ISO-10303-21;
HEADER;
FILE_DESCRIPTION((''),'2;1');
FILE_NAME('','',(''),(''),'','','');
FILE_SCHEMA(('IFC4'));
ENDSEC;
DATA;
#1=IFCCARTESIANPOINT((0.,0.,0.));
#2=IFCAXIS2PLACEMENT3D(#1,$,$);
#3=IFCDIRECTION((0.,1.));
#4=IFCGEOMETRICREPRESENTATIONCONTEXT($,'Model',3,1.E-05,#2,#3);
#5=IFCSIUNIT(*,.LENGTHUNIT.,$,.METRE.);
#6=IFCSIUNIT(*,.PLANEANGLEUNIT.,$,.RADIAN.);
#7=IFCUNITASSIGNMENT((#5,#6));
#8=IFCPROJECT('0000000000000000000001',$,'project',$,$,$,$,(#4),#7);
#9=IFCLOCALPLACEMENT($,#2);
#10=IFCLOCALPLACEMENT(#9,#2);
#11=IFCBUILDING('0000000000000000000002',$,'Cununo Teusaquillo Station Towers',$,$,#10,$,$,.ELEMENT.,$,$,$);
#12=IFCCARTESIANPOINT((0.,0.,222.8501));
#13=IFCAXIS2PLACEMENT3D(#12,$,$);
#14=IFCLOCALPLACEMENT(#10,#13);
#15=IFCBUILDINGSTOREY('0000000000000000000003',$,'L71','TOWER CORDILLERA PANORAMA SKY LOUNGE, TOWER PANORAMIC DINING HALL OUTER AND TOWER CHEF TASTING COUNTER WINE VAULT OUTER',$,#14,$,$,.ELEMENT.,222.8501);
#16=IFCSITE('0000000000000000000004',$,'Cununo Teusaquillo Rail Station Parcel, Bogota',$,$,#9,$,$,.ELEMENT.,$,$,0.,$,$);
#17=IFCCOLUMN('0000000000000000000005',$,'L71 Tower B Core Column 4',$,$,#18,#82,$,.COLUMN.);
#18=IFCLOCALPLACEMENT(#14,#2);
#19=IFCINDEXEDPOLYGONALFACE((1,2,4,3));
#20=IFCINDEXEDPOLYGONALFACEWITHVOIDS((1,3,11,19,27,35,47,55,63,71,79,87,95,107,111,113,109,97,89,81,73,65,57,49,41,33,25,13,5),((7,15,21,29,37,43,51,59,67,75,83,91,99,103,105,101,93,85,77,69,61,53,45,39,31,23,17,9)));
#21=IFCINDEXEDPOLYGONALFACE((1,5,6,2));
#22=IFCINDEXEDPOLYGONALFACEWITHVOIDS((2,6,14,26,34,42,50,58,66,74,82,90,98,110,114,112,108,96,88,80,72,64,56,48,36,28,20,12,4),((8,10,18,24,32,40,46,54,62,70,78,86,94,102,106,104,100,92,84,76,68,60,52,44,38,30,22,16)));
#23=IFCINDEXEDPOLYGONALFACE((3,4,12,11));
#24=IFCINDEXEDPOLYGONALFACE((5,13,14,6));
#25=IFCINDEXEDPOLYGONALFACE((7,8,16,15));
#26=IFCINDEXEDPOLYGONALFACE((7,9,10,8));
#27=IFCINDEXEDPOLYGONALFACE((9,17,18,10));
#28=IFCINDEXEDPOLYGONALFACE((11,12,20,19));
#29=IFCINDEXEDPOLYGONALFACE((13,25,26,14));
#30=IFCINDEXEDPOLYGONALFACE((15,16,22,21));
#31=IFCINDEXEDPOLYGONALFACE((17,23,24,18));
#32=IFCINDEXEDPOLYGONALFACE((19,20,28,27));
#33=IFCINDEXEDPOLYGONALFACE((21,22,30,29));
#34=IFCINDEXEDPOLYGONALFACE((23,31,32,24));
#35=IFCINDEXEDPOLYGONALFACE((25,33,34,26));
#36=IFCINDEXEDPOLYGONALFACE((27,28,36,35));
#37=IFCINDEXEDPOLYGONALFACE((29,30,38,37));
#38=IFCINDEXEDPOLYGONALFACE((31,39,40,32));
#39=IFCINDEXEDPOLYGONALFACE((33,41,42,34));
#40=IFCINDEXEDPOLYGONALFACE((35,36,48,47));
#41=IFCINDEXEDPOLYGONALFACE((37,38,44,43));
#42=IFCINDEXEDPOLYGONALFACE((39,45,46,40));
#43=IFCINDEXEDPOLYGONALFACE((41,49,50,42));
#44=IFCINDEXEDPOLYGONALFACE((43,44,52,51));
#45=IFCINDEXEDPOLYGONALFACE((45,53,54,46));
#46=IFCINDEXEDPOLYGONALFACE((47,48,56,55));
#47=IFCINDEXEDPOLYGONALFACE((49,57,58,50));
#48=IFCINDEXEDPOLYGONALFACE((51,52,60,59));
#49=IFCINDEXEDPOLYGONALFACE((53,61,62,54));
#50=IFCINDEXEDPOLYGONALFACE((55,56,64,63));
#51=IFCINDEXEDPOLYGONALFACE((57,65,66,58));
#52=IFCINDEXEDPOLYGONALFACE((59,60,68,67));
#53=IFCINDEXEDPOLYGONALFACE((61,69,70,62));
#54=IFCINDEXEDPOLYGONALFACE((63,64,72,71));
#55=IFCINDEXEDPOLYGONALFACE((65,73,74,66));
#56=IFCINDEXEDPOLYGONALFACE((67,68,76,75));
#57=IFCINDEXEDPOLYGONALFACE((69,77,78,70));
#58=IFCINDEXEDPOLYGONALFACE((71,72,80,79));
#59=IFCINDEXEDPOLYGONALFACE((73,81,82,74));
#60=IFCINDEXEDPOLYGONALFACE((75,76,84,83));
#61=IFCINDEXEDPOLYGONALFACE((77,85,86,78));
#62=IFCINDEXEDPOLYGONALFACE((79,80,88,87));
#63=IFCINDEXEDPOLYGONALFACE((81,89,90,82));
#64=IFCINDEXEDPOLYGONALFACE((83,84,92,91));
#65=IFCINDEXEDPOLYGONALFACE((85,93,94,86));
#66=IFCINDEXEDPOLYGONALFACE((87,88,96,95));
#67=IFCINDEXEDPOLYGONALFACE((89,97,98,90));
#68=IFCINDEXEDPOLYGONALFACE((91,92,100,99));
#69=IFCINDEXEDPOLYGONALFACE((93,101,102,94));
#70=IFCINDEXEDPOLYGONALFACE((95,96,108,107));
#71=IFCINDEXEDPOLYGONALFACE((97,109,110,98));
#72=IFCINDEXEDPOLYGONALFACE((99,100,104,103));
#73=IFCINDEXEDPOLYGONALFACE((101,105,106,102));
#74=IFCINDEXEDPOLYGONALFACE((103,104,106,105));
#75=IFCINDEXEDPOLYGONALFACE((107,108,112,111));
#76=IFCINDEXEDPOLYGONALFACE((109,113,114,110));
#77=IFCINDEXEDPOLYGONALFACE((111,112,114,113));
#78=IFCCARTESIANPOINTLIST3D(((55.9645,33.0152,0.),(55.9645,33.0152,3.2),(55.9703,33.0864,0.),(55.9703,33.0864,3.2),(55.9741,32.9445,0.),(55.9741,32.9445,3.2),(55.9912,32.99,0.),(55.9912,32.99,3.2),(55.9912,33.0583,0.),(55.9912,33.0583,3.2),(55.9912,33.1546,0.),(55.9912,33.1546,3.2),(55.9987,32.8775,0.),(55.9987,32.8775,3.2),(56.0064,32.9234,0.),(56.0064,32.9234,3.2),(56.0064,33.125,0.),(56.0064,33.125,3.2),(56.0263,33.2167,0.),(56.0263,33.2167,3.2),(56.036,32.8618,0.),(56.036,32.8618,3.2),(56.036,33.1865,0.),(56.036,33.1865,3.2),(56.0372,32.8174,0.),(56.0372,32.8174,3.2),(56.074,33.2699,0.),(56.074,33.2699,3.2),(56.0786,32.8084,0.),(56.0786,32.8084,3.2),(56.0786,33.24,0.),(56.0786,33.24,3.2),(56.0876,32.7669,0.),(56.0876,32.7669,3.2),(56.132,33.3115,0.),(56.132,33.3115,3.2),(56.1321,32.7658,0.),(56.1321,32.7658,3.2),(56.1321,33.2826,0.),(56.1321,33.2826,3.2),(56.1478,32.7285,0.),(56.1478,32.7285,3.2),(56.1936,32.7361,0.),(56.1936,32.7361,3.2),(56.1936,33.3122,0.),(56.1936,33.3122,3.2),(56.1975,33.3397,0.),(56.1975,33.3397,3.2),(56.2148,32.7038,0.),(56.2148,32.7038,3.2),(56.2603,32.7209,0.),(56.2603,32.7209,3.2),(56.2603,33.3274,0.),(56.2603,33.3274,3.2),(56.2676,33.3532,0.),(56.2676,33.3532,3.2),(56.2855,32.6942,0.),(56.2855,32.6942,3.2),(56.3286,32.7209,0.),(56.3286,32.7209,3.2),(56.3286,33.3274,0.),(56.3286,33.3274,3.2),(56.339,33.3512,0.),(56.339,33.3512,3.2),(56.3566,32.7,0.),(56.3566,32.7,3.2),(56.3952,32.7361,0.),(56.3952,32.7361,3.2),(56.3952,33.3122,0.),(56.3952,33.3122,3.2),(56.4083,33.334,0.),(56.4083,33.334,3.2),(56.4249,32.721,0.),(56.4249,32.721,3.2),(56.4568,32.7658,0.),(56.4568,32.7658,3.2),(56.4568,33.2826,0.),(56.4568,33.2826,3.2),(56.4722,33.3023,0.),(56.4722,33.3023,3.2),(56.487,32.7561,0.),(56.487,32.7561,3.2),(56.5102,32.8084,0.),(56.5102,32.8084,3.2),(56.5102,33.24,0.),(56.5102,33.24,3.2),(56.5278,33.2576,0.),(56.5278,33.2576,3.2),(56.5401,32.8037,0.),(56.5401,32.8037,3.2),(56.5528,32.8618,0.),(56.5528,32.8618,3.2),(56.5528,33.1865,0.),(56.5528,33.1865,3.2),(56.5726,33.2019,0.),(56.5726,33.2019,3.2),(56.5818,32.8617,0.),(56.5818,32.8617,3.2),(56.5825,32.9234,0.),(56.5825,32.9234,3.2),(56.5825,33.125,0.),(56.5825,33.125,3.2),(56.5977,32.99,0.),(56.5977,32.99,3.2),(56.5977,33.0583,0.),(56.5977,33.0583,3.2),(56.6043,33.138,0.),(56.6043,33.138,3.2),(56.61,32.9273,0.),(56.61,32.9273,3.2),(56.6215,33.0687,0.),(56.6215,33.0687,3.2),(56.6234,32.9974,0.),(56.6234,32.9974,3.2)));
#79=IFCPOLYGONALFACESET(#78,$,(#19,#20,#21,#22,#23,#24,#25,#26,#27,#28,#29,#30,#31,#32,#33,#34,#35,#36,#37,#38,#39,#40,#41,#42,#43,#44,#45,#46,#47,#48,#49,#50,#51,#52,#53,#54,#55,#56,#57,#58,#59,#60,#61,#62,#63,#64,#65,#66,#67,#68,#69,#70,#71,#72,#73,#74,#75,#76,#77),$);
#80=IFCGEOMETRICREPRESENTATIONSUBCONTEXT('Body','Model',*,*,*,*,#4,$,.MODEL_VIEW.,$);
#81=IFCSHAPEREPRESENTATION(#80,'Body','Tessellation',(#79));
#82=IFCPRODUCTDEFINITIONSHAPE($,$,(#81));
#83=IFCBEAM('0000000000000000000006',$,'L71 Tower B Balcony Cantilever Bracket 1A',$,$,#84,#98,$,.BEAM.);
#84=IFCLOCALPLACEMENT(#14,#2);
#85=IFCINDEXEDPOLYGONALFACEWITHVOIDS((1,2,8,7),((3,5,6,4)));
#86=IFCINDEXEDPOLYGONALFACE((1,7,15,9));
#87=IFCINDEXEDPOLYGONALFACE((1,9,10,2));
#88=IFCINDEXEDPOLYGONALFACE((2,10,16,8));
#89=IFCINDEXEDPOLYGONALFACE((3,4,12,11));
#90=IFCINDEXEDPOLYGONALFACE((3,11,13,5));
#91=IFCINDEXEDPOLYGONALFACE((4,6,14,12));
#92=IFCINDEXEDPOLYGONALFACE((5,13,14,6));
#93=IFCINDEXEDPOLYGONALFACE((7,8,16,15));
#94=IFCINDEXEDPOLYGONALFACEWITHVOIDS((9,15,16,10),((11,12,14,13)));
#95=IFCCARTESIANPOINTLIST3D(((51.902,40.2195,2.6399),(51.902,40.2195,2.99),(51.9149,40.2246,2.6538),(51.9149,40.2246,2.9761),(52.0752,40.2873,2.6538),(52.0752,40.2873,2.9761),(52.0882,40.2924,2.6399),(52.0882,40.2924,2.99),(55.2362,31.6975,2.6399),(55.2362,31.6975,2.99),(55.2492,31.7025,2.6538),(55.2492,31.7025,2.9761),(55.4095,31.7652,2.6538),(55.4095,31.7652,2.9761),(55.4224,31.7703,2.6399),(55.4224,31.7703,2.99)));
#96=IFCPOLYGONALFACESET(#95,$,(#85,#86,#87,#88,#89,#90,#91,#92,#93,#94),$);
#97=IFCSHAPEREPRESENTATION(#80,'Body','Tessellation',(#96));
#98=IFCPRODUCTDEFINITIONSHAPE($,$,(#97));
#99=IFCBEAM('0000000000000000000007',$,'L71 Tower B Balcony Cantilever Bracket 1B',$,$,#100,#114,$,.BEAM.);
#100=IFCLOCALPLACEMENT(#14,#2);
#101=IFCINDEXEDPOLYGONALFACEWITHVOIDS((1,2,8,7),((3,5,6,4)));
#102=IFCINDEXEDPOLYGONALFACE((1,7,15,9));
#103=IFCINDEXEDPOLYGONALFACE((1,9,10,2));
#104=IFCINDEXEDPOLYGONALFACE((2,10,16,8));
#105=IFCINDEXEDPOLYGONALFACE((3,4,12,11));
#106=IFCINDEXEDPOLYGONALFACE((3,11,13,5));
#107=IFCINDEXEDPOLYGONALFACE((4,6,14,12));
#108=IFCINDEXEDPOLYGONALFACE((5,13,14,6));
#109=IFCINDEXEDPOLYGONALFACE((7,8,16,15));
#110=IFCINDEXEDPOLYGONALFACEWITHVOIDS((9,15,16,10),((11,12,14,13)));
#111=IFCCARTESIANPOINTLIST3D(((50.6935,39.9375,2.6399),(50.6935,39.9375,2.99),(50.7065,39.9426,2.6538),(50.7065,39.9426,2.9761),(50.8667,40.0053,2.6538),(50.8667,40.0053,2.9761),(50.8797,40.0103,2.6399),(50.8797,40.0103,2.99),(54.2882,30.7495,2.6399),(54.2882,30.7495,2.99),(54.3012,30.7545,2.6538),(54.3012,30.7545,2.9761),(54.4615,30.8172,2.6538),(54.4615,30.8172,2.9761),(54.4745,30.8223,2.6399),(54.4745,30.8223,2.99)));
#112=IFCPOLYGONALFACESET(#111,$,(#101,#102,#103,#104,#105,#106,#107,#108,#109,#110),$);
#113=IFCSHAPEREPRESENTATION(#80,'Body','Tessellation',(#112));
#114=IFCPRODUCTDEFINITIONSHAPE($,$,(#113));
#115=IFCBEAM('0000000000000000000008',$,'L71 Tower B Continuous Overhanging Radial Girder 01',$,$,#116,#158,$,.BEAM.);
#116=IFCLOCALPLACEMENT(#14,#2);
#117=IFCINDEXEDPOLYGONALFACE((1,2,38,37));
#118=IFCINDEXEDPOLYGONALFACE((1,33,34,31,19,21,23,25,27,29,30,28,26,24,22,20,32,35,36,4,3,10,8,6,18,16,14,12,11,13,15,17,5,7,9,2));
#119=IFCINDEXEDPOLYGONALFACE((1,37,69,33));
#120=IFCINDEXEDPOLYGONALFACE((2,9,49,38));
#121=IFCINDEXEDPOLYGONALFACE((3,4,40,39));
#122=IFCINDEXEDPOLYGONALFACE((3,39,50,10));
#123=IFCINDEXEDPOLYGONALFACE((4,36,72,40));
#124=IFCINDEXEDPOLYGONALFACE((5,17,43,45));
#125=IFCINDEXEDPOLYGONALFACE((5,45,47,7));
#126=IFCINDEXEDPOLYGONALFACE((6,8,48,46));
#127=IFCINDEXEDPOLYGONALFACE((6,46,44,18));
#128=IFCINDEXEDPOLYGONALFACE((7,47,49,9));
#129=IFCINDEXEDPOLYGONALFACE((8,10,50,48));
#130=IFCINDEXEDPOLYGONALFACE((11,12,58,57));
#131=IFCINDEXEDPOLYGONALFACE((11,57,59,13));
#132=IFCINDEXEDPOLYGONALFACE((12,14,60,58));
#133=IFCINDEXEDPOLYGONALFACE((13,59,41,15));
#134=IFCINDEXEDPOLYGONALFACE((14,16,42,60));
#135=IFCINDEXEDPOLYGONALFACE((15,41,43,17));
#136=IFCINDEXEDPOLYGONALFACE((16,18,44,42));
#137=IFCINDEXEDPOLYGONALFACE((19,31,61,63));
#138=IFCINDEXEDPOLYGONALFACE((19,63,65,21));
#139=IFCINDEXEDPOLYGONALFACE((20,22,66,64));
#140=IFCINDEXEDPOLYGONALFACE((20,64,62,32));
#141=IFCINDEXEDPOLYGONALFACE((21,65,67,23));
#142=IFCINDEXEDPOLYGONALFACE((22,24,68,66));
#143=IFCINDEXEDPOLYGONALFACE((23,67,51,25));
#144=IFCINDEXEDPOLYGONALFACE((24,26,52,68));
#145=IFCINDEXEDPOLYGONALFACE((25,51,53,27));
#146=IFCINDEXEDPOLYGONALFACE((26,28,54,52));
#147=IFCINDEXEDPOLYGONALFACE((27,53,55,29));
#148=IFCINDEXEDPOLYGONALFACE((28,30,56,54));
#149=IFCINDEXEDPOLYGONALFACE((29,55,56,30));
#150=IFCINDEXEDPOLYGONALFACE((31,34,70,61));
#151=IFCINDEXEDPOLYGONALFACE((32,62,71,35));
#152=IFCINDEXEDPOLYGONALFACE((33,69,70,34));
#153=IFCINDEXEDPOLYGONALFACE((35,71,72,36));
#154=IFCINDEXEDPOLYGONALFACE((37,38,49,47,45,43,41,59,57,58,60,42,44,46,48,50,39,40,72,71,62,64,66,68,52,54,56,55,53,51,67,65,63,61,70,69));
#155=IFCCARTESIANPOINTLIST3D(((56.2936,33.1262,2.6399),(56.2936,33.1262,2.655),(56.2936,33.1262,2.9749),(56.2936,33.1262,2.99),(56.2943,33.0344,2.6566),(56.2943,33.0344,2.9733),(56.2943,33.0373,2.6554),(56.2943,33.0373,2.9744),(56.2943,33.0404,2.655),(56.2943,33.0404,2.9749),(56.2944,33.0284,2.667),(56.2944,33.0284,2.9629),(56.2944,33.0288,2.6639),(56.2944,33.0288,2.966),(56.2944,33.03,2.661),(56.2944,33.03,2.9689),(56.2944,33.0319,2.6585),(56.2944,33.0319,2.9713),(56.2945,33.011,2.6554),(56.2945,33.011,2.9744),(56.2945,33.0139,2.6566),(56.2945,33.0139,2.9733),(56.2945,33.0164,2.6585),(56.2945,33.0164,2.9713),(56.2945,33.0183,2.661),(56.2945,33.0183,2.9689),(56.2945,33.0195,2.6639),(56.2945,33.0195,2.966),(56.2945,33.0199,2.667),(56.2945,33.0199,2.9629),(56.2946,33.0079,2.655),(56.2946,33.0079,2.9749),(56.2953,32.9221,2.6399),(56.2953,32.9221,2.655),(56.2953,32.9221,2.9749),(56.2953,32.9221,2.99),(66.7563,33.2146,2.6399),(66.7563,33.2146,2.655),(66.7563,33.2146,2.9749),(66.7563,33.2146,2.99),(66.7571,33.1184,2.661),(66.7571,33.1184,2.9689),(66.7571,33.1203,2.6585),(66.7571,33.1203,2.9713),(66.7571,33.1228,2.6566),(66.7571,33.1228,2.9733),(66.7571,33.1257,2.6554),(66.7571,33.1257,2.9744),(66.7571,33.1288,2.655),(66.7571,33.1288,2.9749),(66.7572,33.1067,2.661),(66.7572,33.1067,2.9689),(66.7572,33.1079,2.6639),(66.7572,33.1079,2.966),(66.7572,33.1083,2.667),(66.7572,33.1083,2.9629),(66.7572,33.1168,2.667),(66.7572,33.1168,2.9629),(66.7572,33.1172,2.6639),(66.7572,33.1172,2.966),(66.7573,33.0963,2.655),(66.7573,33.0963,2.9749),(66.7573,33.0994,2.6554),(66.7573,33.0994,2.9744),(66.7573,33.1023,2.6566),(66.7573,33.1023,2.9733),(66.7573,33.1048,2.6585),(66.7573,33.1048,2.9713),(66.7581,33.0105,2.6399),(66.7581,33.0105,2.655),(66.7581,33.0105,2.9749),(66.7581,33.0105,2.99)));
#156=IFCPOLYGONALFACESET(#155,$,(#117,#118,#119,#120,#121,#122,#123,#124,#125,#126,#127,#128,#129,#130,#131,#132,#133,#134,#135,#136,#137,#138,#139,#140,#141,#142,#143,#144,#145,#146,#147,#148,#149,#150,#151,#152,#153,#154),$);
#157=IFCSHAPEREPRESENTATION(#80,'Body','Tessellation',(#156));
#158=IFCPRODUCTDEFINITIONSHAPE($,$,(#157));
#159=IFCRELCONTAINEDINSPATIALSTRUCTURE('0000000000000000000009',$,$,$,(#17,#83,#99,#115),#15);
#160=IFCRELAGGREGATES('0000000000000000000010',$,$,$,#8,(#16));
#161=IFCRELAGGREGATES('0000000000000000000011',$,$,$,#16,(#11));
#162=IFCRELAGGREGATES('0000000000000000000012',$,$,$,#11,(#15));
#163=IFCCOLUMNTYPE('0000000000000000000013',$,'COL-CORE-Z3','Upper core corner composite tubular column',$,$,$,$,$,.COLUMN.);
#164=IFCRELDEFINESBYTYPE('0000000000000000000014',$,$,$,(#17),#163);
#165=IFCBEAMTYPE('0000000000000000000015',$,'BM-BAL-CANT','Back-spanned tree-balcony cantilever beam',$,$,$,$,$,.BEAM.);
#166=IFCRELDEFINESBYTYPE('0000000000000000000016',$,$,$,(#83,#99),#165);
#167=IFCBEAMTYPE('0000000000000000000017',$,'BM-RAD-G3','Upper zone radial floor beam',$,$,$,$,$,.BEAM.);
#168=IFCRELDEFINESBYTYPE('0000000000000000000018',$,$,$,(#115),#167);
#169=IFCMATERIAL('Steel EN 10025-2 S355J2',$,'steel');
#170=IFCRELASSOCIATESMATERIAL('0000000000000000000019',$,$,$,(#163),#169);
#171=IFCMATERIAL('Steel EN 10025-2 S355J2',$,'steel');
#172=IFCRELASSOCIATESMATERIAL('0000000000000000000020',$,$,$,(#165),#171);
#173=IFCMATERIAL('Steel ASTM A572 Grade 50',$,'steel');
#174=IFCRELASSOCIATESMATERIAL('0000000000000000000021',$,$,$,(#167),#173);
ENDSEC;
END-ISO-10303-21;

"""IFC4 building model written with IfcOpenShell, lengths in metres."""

from ifc_helpers import new_model, si_unit, direction, frame, origin, origin_2d, place, context, subcontext, project, spatial, hollow_rectangle, hollow_circle, i_section, extrude, material, material_profile, profile_set, type_object, element, save


model = new_model("IFC4")

# Units and contexts
model_context = context("Model", 3, precision=1e-05, world=origin(), true_north=direction((0.0, 1.0)))
body_context = subcontext(model_context, "Body", "Model", "MODEL_VIEW")
ifc_project = project(units=[si_unit("LENGTHUNIT", "METRE"), si_unit("PLANEANGLEUNIT", "RADIAN")], contexts=[model_context])

# Site, building, storey
site_placement = place(None, origin())
site = spatial("IfcSite", under=ifc_project, at=site_placement, Name="Cununo Teusaquillo Rail Station Parcel, Bogota", CompositionType="ELEMENT", RefElevation=0.0)
building_placement = place(site_placement, origin())
building = spatial("IfcBuilding", under=site, at=building_placement, Name="Cununo Teusaquillo Station Towers", CompositionType="ELEMENT")
storey_placement = place(building_placement, frame((0.0, 0.0, 222.8501)))
storey = spatial("IfcBuildingStorey", under=building, at=storey_placement, Name="L71", Description="TOWER CORDILLERA PANORAMA SKY LOUNGE, TOWER PANORAMIC DINING HALL OUTER AND TOWER CHEF TASTING COUNTER WINE VAULT OUTER", CompositionType="ELEMENT", Elevation=222.8501)

# Column
ifc_material_1 = material(Name="Steel EN 10025-2 S355J2", Category="steel")
ifc_material_profile_1 = material_profile(ifc_material_1, hollow_circle(Radius=0.3301, WallThickness=0.0249, at=origin_2d()), Name="CHS 660x25")
ifc_profile_set_1 = profile_set([ifc_material_profile_1], Name="Steel EN 10025-2 S355J2")
column_type = type_object("IfcColumnType", Name="COL-CORE-Z3", Description="Upper core corner composite tubular column", PredefinedType="COLUMN", material=ifc_profile_set_1)
column_placement = place(storey_placement, frame((56.2944, 33.0242, 0.0), z_axis=(0.0, 0.0, 1.0), x_axis=(0.707107, 0.707107, 0.0)))
element("IfcColumn", 1, at=column_placement, inside=storey, type_object=column_type, Name="L71 Tower B Core Column 4", PredefinedType="COLUMN", context=body_context, shape_type="SweptSolid", body=[
    extrude(hollow_circle(Radius=0.3301, WallThickness=0.0249, at=origin_2d()), origin(), (0.0, 0.0, 1.0), 3.2),
])

# Beams
ifc_material_2 = material(Name="Steel EN 10025-2 S355J2", Category="steel")
ifc_material_profile_2 = material_profile(ifc_material_2, hollow_rectangle(XDim=0.2, YDim=0.3501, WallThickness=0.0139, at=origin_2d()), Name="RHS 350x200x14")
ifc_profile_set_2 = profile_set([ifc_material_profile_2], Name="Steel EN 10025-2 S355J2")
beam_type_1 = type_object("IfcBeamType", Name="BM-BAL-CANT", Description="Back-spanned tree-balcony cantilever beam", PredefinedType="BEAM", material=ifc_profile_set_2)
beam_1_placement = place(storey_placement, frame((55.3293, 31.7339, 2.8149), z_axis=(-0.364356, 0.93126, 0.0), x_axis=(-0.93126, -0.364356, 0.0)))
element("IfcBeam", 2, at=beam_1_placement, inside=storey, type_object=beam_type_1, Name="L71 Tower B Balcony Cantilever Bracket 1A", PredefinedType="BEAM", context=body_context, shape_type="SweptSolid", body=[
    extrude(hollow_rectangle(XDim=0.2, YDim=0.3501, WallThickness=0.0139, at=origin_2d()), origin(), (0.0, 0.0, 1.0), 9.1511),
])
beam_2_placement = place(storey_placement, frame((54.3813, 30.7859, 2.8149), z_axis=(-0.364349, 0.931262, 0.0), x_axis=(-0.931262, -0.364349, 0.0)))
element("IfcBeam", 3, at=beam_2_placement, inside=storey, type_object=beam_type_1, Name="L71 Tower B Balcony Cantilever Bracket 1B", PredefinedType="BEAM", context=body_context, shape_type="SweptSolid", body=[
    extrude(hollow_rectangle(XDim=0.2, YDim=0.3501, WallThickness=0.0139, at=origin_2d()), origin(), (0.0, 0.0, 1.0), 9.8662),
])
ifc_material_3 = material(Name="Steel ASTM A572 Grade 50", Category="steel")
ifc_material_profile_3 = material_profile(ifc_material_3, i_section(OverallWidth=0.2041, OverallDepth=0.3501, WebThickness=0.0085, FlangeThickness=0.0151, FilletRadius=0.012, at=origin_2d()), Name="W14X48")
ifc_profile_set_3 = profile_set([ifc_material_profile_3], Name="Steel ASTM A572 Grade 50")
beam_type_2 = type_object("IfcBeamType", Name="BM-RAD-G3", Description="Upper zone radial floor beam", PredefinedType="BEAM", material=ifc_profile_set_3)
beam_3_placement = place(storey_placement, frame((56.2944, 33.0242, 2.8149), z_axis=(0.999964, 0.008447, 0.0), x_axis=(-0.008447, 0.999964, 0.0)))
element("IfcBeam", 4, at=beam_3_placement, inside=storey, type_object=beam_type_2, Name="L71 Tower B Continuous Overhanging Radial Girder 01", PredefinedType="BEAM", context=body_context, shape_type="SweptSolid", body=[
    extrude(i_section(OverallWidth=0.2041, OverallDepth=0.3501, WebThickness=0.0085, FlangeThickness=0.0151, FilletRadius=0.012, at=origin_2d()), origin(), (0.0, 0.0, 1.0), 10.4631),
])

save(model, "model.ifc")
